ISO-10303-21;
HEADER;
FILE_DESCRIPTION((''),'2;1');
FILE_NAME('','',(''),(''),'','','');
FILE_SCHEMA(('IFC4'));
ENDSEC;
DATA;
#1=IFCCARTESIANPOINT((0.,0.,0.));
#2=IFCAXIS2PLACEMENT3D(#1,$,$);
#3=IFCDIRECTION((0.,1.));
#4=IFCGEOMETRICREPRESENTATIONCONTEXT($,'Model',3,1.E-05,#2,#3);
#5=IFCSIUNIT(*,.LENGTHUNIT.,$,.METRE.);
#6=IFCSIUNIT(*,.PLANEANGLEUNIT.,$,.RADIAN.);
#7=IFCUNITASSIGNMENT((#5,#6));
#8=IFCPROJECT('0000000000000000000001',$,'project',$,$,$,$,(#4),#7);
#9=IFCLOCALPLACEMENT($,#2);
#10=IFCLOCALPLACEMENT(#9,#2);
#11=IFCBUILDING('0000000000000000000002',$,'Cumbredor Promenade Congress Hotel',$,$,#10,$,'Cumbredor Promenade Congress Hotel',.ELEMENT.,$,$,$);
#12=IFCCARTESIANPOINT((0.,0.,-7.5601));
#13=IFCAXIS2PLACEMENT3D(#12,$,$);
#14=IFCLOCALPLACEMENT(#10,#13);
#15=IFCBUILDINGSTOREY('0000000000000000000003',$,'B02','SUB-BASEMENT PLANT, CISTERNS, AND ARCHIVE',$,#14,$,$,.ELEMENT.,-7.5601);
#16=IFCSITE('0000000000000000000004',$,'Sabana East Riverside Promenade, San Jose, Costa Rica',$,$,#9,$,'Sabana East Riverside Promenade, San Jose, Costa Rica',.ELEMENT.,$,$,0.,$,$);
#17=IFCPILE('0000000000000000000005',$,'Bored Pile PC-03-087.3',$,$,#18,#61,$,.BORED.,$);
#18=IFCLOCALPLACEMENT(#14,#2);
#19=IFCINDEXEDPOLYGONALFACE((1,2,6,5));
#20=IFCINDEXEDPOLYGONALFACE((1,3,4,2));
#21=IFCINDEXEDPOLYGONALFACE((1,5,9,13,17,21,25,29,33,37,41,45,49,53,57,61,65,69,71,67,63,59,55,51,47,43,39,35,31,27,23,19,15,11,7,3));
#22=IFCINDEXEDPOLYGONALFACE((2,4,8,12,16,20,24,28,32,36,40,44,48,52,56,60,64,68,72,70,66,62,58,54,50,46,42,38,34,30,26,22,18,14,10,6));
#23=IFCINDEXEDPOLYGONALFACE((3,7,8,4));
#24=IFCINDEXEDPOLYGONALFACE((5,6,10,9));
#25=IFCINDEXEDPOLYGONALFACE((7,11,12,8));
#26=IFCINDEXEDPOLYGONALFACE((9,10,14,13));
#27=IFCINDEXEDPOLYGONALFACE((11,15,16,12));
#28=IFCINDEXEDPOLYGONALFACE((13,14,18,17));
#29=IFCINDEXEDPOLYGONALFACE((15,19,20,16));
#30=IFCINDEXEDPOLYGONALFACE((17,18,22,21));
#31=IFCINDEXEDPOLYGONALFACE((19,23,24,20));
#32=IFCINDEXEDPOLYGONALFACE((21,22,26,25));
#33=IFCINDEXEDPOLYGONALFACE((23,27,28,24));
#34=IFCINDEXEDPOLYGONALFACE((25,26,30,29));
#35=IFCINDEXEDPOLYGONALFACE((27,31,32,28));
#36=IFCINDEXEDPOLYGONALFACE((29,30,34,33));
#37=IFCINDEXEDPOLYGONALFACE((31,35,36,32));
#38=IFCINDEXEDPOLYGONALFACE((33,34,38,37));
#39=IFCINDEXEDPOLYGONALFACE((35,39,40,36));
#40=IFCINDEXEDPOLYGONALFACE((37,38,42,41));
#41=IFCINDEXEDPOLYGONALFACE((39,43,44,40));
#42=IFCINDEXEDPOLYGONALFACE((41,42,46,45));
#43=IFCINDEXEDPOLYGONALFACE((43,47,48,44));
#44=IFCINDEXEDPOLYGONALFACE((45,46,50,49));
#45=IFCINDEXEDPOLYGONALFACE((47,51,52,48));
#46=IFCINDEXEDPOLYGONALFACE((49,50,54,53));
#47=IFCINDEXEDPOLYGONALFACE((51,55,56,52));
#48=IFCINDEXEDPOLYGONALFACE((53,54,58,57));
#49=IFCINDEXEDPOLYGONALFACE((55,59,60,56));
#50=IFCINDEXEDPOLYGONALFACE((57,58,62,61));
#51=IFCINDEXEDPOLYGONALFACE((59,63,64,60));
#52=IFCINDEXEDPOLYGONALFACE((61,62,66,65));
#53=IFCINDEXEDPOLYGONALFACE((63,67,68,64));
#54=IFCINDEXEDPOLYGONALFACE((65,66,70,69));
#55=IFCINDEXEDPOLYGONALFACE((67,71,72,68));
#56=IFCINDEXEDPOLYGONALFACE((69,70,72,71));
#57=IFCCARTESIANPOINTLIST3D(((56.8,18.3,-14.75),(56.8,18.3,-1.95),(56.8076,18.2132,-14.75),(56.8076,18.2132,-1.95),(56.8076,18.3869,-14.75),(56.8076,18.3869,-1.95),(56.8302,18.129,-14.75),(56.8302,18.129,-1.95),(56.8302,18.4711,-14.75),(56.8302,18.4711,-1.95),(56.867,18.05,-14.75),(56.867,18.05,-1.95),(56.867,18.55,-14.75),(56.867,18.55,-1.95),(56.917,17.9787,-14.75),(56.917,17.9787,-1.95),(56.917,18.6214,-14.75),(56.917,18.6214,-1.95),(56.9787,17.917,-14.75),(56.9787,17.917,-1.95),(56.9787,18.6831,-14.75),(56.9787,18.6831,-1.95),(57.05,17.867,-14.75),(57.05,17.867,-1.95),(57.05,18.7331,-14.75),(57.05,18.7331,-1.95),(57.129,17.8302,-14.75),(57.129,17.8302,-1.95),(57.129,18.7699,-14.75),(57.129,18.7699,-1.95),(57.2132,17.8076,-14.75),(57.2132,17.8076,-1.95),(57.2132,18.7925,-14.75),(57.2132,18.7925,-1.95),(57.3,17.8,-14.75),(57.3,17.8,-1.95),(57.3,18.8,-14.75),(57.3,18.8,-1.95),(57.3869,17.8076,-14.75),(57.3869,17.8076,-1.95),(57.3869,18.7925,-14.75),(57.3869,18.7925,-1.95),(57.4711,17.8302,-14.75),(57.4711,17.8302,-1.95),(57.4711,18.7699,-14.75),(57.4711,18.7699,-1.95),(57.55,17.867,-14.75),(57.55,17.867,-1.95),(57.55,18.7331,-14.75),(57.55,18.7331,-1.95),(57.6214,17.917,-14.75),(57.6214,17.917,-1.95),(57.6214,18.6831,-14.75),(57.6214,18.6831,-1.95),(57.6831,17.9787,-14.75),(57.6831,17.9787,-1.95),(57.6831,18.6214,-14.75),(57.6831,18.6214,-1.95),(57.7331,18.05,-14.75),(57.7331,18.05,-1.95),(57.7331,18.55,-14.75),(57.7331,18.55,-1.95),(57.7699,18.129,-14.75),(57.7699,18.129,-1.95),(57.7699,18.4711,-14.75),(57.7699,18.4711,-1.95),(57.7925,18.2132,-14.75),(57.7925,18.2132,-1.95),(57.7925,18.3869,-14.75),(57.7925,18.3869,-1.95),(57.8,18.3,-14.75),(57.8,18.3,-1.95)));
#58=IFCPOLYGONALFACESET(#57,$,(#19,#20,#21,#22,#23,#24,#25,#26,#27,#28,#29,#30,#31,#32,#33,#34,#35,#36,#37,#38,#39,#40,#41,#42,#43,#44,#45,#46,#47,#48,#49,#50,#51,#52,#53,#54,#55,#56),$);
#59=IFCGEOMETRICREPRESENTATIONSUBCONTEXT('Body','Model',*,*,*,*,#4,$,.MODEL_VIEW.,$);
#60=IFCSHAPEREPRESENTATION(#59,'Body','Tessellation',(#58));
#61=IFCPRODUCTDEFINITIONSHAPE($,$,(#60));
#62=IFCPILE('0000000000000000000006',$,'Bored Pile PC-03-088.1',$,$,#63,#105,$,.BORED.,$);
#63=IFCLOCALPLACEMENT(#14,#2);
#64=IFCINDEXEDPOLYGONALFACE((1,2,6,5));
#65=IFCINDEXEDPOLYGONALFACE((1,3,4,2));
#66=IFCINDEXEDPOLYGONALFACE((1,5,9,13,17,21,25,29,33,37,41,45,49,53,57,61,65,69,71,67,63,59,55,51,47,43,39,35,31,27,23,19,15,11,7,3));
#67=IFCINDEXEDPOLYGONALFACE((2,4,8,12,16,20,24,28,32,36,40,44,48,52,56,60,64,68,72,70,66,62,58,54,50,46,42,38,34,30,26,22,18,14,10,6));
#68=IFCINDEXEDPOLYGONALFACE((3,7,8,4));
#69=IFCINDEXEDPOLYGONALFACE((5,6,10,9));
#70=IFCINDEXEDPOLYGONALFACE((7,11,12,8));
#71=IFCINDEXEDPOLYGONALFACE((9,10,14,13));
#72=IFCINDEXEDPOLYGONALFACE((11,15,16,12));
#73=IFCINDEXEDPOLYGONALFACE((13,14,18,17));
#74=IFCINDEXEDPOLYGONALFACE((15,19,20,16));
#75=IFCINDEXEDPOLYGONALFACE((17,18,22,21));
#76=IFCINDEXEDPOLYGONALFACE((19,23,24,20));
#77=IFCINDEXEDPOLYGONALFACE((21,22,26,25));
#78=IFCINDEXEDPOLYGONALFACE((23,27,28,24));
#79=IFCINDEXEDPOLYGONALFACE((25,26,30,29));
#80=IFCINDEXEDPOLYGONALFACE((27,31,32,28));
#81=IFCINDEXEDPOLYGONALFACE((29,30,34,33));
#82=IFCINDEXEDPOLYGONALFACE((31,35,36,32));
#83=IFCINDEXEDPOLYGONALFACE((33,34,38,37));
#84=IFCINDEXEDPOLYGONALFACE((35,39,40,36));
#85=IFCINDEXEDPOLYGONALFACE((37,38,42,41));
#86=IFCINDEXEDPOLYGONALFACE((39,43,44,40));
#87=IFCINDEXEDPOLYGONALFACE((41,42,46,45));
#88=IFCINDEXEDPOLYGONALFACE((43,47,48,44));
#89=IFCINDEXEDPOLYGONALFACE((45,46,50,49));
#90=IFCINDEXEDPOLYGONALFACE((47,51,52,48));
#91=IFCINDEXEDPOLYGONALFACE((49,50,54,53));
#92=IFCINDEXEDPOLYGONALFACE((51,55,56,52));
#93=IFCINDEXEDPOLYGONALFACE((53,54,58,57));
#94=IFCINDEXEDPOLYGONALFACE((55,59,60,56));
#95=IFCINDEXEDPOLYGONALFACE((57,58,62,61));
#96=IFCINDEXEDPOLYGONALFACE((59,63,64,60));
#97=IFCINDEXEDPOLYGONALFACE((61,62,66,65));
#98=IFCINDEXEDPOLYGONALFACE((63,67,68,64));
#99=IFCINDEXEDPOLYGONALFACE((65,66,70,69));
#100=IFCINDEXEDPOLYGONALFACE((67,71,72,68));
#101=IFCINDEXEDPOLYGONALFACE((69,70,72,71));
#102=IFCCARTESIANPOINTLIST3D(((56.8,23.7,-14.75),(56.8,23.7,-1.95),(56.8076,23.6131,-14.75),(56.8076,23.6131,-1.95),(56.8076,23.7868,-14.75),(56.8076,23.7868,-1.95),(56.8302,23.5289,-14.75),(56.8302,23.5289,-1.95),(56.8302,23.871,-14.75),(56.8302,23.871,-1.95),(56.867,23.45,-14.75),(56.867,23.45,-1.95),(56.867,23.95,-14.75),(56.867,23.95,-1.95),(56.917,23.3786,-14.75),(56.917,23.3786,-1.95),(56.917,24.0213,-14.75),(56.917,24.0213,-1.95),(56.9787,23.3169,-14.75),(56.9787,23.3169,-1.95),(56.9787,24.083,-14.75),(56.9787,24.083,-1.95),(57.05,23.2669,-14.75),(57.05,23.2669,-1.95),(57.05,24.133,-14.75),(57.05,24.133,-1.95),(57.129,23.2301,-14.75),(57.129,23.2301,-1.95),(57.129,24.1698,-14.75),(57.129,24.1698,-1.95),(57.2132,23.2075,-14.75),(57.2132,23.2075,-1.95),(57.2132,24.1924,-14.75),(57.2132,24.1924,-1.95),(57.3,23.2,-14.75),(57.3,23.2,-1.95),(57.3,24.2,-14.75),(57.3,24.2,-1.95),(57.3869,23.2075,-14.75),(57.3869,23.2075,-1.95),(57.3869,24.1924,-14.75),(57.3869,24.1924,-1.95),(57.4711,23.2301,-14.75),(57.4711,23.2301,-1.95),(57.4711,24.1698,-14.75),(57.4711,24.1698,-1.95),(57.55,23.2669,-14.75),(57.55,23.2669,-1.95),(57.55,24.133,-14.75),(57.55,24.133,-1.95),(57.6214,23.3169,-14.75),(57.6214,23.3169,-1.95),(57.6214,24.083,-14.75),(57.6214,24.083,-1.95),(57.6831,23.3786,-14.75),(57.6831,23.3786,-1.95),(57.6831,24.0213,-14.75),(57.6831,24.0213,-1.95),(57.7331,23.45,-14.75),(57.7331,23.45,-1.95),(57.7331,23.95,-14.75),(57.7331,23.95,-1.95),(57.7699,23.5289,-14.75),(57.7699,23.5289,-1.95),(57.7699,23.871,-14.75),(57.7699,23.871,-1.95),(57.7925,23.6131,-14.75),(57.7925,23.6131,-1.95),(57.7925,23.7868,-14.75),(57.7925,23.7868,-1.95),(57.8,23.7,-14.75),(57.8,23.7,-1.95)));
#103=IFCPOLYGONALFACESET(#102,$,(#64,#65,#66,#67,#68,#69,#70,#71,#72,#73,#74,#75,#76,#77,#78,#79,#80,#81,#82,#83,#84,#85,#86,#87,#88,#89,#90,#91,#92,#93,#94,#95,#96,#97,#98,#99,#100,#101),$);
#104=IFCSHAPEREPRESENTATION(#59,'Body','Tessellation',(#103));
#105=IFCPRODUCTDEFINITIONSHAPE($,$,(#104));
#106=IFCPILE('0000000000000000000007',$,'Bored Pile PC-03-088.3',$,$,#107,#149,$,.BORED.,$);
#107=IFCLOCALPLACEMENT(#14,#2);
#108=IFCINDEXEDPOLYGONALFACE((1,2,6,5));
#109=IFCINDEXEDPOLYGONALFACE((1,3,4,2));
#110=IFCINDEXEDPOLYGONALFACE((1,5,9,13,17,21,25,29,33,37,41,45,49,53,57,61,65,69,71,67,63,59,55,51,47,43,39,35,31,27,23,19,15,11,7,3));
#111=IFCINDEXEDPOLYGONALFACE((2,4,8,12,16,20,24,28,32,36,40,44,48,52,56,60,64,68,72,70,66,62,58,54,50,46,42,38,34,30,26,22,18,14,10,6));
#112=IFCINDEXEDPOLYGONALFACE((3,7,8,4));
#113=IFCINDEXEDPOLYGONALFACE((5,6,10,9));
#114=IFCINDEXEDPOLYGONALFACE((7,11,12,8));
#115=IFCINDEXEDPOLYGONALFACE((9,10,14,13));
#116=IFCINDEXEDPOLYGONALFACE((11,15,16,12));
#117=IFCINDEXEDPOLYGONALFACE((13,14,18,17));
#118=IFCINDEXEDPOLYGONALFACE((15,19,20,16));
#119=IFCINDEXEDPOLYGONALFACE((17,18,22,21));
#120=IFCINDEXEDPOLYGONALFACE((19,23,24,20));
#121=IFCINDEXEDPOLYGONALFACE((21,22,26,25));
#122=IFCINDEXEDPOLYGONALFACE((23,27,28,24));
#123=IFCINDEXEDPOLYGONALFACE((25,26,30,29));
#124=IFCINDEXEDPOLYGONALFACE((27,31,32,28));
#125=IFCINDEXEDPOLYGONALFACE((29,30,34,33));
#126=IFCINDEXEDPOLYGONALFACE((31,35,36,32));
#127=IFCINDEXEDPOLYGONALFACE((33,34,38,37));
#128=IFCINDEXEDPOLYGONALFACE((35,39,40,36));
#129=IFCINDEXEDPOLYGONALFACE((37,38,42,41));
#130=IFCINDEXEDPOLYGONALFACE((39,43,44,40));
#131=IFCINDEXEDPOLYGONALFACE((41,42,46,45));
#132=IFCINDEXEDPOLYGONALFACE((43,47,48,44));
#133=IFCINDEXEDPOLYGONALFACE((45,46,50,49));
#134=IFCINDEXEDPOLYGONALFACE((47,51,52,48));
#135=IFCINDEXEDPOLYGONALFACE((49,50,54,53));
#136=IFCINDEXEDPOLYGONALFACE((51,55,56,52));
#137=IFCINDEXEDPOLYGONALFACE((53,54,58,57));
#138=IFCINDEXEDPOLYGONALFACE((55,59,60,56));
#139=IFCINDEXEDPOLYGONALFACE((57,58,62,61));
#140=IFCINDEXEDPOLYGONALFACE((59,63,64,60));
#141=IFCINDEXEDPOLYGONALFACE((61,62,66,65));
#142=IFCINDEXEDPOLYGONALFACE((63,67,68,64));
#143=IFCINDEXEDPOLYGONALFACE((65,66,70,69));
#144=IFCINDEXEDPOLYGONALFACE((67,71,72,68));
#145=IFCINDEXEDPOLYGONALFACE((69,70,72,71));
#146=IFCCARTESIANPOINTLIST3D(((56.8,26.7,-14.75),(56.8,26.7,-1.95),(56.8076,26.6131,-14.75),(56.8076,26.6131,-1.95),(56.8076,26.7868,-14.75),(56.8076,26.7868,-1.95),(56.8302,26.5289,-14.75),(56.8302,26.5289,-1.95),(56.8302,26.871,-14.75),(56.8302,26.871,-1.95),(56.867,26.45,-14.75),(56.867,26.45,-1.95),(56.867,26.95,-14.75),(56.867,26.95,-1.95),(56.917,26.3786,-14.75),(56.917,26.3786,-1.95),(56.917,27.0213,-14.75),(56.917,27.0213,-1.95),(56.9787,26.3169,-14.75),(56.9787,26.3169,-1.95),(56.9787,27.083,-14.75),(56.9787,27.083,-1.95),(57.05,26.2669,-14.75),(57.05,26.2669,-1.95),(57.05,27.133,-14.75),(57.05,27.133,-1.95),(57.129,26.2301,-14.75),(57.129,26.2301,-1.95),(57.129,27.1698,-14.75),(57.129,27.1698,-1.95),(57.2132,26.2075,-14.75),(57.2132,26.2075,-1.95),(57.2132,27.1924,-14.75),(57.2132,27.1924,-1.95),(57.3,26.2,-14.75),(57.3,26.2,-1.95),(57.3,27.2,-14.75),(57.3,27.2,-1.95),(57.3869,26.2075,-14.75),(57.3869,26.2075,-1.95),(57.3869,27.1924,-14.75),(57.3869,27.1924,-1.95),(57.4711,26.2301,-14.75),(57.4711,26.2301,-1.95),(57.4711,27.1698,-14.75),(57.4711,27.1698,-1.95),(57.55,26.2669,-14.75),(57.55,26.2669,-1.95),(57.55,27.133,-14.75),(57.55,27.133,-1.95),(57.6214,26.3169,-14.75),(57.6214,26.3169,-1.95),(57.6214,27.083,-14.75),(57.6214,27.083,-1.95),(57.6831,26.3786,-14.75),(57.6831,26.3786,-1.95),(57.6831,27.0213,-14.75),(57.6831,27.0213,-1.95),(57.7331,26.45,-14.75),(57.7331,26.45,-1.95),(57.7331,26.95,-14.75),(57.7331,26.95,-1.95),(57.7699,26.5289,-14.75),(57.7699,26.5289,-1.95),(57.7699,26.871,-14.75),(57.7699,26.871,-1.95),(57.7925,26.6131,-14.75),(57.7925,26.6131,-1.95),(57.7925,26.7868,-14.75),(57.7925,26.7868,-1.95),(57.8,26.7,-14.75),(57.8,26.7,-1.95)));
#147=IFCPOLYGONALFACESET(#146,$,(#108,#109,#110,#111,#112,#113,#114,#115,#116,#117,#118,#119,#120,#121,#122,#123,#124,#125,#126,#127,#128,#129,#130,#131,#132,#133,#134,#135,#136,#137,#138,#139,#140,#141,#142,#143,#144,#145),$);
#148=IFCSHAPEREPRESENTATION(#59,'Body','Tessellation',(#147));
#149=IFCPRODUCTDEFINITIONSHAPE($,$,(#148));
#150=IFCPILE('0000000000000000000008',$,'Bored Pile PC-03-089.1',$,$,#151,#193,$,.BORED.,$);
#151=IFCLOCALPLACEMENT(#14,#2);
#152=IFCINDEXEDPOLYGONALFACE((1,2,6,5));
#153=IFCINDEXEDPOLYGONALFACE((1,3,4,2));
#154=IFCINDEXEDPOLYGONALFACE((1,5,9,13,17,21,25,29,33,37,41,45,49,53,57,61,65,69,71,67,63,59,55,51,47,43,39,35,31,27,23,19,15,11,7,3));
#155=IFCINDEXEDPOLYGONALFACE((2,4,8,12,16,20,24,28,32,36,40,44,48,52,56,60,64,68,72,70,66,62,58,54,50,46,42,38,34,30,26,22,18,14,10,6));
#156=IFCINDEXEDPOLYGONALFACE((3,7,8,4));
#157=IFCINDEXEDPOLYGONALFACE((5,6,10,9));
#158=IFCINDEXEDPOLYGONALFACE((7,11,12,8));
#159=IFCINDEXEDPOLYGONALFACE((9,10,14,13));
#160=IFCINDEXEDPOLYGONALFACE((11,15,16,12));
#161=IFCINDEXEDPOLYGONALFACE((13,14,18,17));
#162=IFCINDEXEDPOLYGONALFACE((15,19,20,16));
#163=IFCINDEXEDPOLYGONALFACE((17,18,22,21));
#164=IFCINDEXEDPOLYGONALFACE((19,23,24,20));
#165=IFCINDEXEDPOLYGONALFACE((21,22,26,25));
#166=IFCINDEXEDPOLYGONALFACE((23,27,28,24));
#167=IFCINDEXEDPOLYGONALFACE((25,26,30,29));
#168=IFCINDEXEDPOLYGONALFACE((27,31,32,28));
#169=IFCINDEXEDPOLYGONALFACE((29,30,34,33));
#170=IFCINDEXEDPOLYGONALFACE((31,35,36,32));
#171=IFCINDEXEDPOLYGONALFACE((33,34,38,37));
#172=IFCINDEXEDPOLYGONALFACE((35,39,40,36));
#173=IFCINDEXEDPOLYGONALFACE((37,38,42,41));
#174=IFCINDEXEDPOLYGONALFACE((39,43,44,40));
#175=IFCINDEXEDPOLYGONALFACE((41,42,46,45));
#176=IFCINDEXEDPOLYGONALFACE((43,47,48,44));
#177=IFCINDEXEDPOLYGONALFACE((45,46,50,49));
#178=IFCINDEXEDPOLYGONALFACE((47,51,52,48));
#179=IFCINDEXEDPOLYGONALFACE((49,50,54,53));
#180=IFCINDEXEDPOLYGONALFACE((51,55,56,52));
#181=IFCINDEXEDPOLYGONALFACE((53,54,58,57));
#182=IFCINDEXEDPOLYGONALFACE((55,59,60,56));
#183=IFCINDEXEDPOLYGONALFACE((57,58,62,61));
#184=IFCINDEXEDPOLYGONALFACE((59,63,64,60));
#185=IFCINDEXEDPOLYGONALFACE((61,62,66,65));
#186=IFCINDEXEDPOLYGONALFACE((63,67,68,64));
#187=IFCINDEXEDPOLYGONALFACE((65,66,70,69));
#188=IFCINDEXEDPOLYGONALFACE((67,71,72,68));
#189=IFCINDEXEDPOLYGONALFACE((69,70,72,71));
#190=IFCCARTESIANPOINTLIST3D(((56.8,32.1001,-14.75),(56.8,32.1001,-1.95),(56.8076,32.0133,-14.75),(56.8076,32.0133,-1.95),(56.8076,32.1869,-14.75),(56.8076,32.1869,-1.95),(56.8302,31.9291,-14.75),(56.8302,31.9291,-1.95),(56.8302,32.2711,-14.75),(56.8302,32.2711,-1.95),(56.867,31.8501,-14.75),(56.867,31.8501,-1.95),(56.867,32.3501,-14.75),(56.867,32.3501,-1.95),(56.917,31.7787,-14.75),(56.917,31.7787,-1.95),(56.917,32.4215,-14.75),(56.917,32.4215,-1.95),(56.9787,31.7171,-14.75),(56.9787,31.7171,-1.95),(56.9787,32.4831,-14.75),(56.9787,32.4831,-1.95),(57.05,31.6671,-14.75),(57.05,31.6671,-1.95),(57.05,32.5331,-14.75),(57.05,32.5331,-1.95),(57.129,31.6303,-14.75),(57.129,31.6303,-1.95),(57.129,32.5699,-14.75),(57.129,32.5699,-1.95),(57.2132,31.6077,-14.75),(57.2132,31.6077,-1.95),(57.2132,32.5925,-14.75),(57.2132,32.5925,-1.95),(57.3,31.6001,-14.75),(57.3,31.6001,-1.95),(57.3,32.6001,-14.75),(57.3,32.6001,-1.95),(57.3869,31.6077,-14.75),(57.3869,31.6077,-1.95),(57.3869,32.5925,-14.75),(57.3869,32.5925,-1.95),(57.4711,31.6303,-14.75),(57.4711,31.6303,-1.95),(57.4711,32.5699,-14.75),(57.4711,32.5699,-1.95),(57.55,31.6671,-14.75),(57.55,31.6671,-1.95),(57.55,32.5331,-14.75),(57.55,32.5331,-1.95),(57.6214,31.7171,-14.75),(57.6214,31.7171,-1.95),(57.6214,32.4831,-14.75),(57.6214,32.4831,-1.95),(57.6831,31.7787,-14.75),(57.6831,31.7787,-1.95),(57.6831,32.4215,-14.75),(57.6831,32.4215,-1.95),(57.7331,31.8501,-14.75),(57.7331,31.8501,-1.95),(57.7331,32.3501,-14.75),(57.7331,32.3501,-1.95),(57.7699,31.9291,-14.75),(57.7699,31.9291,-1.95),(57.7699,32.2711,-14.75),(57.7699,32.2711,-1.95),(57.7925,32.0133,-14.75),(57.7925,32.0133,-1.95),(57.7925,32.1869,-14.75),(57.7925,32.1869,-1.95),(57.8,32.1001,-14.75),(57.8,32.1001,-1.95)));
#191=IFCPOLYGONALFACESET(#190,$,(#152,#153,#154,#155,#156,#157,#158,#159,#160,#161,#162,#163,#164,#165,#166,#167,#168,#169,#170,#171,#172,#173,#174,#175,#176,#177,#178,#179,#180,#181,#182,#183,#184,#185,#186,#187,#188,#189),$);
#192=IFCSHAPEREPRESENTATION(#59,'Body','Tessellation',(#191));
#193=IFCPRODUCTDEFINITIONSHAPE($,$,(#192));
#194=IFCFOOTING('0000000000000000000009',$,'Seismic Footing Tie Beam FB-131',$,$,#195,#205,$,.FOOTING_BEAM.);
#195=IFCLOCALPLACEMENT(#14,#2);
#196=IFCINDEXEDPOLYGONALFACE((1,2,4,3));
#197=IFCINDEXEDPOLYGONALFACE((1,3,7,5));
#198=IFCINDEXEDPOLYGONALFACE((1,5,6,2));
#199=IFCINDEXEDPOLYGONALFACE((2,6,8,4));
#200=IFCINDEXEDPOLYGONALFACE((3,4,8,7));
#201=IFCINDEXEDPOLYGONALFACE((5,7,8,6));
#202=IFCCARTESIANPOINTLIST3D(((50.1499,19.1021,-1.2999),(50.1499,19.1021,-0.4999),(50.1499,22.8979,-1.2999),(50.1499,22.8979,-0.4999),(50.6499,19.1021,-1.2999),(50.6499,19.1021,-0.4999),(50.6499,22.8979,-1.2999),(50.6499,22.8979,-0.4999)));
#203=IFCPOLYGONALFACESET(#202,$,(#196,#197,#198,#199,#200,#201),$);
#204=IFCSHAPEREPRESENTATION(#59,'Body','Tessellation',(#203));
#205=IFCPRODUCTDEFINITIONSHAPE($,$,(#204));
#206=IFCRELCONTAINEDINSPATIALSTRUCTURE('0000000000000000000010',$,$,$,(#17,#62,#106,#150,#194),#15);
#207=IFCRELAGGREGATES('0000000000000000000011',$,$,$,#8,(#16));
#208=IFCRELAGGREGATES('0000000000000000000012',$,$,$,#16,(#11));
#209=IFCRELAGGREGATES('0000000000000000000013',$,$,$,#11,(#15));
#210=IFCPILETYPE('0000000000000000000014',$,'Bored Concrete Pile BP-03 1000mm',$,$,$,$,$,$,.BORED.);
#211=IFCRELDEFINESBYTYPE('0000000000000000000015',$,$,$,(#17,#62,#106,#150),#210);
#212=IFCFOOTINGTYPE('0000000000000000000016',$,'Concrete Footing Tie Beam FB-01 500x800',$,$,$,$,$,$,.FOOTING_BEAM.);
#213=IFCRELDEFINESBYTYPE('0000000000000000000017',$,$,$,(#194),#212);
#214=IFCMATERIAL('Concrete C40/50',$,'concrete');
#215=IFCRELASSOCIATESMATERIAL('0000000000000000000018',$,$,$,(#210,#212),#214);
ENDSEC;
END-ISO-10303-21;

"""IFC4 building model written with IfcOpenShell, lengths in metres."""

from ifc_helpers import new_model, si_unit, direction, frame, origin, origin_2d, place, context, subcontext, project, spatial, rectangle, circle, extrude, material, material_profile, profile_set, type_object, element, save


model = new_model("IFC4")

# Units and contexts
model_context = context("Model", 3, precision=1e-05, world=origin(), true_north=direction((0.0, 1.0)))
body_context = subcontext(model_context, "Body", "Model", "MODEL_VIEW")
ifc_project = project(units=[si_unit("LENGTHUNIT", "METRE"), si_unit("PLANEANGLEUNIT", "RADIAN")], contexts=[model_context])

# Site, building, storey
site_placement = place(None, origin())
site = spatial("IfcSite", under=ifc_project, at=site_placement, Name="Sabana East Riverside Promenade, San Jose, Costa Rica", LongName="Sabana East Riverside Promenade, San Jose, Costa Rica", CompositionType="ELEMENT", RefElevation=0.0)
building_placement = place(site_placement, origin())
building = spatial("IfcBuilding", under=site, at=building_placement, Name="Cumbredor Promenade Congress Hotel", LongName="Cumbredor Promenade Congress Hotel", CompositionType="ELEMENT")
storey_placement = place(building_placement, frame((0.0, 0.0, -7.5601)))
storey = spatial("IfcBuildingStorey", under=building, at=storey_placement, Name="B02", Description="SUB-BASEMENT PLANT, CISTERNS, AND ARCHIVE", CompositionType="ELEMENT", Elevation=-7.5601)

# Piles
ifc_material_1 = material(Name="Concrete C40/50", Category="concrete")
ifc_material_profile_1 = material_profile(ifc_material_1, circle(Radius=0.5, at=origin_2d()), Name="PILE D1000")
ifc_profile_set_1 = profile_set([ifc_material_profile_1], Name="Concrete C40/50")
pile_type = type_object("IfcPileType", Name="Bored Concrete Pile BP-03 1000mm", PredefinedType="BORED", material=ifc_profile_set_1)
for number, where, z_axis, x_axis, name in (
    (1, (57.3, 18.3, -1.95), (0.0, 0.0, -1.0), (1.0, 0.0, 0.0), "Bored Pile PC-03-087.3"),
    (2, (57.3, 23.7, -1.95), (0.0, 0.0, -1.0), (1.0, 0.0, 0.0), "Bored Pile PC-03-088.1"),
    (3, (57.3, 26.7, -1.95), (0.0, 0.0, -1.0), (1.0, 0.0, 0.0), "Bored Pile PC-03-088.3"),
    (4, (57.3, 32.1001, -1.95), (0.0, 0.0, -1.0), (1.0, 0.0, 0.0), "Bored Pile PC-03-089.1"),
):
    element("IfcPile", number, at=place(storey_placement, frame(where, z_axis=z_axis, x_axis=x_axis)), inside=storey, type_object=pile_type, Name=name, PredefinedType="BORED", context=body_context, shape_type="SweptSolid", body=[
        extrude(circle(Radius=0.5, at=origin_2d()), origin(), (0.0, 0.0, 1.0), 12.8),
    ])

# Footing
ifc_material_profile_2 = material_profile(ifc_material_1, rectangle(XDim=0.5, YDim=0.8, at=origin_2d()), Name="FB 500x800")
ifc_profile_set_2 = profile_set([ifc_material_profile_2], Name="Concrete C40/50")
footing_type_1 = type_object("IfcFootingType", Name="Concrete Footing Tie Beam FB-01 500x800", PredefinedType="FOOTING_BEAM", material=ifc_profile_set_2)
footing_1_placement = place(storey_placement, frame((50.3999, 19.1021, -0.8999), z_axis=(0.0, 1.0, 0.0), x_axis=(-1.0, 0.0, 0.0)))
element("IfcFooting", 5, at=footing_1_placement, inside=storey, type_object=footing_type_1, Name="Seismic Footing Tie Beam FB-131", PredefinedType="FOOTING_BEAM", context=body_context, shape_type="SweptSolid", body=[
    extrude(rectangle(XDim=0.5, YDim=0.8, at=origin_2d()), origin(), (0.0, 0.0, 1.0), 3.7959),
])

save(model, "model.ifc")
